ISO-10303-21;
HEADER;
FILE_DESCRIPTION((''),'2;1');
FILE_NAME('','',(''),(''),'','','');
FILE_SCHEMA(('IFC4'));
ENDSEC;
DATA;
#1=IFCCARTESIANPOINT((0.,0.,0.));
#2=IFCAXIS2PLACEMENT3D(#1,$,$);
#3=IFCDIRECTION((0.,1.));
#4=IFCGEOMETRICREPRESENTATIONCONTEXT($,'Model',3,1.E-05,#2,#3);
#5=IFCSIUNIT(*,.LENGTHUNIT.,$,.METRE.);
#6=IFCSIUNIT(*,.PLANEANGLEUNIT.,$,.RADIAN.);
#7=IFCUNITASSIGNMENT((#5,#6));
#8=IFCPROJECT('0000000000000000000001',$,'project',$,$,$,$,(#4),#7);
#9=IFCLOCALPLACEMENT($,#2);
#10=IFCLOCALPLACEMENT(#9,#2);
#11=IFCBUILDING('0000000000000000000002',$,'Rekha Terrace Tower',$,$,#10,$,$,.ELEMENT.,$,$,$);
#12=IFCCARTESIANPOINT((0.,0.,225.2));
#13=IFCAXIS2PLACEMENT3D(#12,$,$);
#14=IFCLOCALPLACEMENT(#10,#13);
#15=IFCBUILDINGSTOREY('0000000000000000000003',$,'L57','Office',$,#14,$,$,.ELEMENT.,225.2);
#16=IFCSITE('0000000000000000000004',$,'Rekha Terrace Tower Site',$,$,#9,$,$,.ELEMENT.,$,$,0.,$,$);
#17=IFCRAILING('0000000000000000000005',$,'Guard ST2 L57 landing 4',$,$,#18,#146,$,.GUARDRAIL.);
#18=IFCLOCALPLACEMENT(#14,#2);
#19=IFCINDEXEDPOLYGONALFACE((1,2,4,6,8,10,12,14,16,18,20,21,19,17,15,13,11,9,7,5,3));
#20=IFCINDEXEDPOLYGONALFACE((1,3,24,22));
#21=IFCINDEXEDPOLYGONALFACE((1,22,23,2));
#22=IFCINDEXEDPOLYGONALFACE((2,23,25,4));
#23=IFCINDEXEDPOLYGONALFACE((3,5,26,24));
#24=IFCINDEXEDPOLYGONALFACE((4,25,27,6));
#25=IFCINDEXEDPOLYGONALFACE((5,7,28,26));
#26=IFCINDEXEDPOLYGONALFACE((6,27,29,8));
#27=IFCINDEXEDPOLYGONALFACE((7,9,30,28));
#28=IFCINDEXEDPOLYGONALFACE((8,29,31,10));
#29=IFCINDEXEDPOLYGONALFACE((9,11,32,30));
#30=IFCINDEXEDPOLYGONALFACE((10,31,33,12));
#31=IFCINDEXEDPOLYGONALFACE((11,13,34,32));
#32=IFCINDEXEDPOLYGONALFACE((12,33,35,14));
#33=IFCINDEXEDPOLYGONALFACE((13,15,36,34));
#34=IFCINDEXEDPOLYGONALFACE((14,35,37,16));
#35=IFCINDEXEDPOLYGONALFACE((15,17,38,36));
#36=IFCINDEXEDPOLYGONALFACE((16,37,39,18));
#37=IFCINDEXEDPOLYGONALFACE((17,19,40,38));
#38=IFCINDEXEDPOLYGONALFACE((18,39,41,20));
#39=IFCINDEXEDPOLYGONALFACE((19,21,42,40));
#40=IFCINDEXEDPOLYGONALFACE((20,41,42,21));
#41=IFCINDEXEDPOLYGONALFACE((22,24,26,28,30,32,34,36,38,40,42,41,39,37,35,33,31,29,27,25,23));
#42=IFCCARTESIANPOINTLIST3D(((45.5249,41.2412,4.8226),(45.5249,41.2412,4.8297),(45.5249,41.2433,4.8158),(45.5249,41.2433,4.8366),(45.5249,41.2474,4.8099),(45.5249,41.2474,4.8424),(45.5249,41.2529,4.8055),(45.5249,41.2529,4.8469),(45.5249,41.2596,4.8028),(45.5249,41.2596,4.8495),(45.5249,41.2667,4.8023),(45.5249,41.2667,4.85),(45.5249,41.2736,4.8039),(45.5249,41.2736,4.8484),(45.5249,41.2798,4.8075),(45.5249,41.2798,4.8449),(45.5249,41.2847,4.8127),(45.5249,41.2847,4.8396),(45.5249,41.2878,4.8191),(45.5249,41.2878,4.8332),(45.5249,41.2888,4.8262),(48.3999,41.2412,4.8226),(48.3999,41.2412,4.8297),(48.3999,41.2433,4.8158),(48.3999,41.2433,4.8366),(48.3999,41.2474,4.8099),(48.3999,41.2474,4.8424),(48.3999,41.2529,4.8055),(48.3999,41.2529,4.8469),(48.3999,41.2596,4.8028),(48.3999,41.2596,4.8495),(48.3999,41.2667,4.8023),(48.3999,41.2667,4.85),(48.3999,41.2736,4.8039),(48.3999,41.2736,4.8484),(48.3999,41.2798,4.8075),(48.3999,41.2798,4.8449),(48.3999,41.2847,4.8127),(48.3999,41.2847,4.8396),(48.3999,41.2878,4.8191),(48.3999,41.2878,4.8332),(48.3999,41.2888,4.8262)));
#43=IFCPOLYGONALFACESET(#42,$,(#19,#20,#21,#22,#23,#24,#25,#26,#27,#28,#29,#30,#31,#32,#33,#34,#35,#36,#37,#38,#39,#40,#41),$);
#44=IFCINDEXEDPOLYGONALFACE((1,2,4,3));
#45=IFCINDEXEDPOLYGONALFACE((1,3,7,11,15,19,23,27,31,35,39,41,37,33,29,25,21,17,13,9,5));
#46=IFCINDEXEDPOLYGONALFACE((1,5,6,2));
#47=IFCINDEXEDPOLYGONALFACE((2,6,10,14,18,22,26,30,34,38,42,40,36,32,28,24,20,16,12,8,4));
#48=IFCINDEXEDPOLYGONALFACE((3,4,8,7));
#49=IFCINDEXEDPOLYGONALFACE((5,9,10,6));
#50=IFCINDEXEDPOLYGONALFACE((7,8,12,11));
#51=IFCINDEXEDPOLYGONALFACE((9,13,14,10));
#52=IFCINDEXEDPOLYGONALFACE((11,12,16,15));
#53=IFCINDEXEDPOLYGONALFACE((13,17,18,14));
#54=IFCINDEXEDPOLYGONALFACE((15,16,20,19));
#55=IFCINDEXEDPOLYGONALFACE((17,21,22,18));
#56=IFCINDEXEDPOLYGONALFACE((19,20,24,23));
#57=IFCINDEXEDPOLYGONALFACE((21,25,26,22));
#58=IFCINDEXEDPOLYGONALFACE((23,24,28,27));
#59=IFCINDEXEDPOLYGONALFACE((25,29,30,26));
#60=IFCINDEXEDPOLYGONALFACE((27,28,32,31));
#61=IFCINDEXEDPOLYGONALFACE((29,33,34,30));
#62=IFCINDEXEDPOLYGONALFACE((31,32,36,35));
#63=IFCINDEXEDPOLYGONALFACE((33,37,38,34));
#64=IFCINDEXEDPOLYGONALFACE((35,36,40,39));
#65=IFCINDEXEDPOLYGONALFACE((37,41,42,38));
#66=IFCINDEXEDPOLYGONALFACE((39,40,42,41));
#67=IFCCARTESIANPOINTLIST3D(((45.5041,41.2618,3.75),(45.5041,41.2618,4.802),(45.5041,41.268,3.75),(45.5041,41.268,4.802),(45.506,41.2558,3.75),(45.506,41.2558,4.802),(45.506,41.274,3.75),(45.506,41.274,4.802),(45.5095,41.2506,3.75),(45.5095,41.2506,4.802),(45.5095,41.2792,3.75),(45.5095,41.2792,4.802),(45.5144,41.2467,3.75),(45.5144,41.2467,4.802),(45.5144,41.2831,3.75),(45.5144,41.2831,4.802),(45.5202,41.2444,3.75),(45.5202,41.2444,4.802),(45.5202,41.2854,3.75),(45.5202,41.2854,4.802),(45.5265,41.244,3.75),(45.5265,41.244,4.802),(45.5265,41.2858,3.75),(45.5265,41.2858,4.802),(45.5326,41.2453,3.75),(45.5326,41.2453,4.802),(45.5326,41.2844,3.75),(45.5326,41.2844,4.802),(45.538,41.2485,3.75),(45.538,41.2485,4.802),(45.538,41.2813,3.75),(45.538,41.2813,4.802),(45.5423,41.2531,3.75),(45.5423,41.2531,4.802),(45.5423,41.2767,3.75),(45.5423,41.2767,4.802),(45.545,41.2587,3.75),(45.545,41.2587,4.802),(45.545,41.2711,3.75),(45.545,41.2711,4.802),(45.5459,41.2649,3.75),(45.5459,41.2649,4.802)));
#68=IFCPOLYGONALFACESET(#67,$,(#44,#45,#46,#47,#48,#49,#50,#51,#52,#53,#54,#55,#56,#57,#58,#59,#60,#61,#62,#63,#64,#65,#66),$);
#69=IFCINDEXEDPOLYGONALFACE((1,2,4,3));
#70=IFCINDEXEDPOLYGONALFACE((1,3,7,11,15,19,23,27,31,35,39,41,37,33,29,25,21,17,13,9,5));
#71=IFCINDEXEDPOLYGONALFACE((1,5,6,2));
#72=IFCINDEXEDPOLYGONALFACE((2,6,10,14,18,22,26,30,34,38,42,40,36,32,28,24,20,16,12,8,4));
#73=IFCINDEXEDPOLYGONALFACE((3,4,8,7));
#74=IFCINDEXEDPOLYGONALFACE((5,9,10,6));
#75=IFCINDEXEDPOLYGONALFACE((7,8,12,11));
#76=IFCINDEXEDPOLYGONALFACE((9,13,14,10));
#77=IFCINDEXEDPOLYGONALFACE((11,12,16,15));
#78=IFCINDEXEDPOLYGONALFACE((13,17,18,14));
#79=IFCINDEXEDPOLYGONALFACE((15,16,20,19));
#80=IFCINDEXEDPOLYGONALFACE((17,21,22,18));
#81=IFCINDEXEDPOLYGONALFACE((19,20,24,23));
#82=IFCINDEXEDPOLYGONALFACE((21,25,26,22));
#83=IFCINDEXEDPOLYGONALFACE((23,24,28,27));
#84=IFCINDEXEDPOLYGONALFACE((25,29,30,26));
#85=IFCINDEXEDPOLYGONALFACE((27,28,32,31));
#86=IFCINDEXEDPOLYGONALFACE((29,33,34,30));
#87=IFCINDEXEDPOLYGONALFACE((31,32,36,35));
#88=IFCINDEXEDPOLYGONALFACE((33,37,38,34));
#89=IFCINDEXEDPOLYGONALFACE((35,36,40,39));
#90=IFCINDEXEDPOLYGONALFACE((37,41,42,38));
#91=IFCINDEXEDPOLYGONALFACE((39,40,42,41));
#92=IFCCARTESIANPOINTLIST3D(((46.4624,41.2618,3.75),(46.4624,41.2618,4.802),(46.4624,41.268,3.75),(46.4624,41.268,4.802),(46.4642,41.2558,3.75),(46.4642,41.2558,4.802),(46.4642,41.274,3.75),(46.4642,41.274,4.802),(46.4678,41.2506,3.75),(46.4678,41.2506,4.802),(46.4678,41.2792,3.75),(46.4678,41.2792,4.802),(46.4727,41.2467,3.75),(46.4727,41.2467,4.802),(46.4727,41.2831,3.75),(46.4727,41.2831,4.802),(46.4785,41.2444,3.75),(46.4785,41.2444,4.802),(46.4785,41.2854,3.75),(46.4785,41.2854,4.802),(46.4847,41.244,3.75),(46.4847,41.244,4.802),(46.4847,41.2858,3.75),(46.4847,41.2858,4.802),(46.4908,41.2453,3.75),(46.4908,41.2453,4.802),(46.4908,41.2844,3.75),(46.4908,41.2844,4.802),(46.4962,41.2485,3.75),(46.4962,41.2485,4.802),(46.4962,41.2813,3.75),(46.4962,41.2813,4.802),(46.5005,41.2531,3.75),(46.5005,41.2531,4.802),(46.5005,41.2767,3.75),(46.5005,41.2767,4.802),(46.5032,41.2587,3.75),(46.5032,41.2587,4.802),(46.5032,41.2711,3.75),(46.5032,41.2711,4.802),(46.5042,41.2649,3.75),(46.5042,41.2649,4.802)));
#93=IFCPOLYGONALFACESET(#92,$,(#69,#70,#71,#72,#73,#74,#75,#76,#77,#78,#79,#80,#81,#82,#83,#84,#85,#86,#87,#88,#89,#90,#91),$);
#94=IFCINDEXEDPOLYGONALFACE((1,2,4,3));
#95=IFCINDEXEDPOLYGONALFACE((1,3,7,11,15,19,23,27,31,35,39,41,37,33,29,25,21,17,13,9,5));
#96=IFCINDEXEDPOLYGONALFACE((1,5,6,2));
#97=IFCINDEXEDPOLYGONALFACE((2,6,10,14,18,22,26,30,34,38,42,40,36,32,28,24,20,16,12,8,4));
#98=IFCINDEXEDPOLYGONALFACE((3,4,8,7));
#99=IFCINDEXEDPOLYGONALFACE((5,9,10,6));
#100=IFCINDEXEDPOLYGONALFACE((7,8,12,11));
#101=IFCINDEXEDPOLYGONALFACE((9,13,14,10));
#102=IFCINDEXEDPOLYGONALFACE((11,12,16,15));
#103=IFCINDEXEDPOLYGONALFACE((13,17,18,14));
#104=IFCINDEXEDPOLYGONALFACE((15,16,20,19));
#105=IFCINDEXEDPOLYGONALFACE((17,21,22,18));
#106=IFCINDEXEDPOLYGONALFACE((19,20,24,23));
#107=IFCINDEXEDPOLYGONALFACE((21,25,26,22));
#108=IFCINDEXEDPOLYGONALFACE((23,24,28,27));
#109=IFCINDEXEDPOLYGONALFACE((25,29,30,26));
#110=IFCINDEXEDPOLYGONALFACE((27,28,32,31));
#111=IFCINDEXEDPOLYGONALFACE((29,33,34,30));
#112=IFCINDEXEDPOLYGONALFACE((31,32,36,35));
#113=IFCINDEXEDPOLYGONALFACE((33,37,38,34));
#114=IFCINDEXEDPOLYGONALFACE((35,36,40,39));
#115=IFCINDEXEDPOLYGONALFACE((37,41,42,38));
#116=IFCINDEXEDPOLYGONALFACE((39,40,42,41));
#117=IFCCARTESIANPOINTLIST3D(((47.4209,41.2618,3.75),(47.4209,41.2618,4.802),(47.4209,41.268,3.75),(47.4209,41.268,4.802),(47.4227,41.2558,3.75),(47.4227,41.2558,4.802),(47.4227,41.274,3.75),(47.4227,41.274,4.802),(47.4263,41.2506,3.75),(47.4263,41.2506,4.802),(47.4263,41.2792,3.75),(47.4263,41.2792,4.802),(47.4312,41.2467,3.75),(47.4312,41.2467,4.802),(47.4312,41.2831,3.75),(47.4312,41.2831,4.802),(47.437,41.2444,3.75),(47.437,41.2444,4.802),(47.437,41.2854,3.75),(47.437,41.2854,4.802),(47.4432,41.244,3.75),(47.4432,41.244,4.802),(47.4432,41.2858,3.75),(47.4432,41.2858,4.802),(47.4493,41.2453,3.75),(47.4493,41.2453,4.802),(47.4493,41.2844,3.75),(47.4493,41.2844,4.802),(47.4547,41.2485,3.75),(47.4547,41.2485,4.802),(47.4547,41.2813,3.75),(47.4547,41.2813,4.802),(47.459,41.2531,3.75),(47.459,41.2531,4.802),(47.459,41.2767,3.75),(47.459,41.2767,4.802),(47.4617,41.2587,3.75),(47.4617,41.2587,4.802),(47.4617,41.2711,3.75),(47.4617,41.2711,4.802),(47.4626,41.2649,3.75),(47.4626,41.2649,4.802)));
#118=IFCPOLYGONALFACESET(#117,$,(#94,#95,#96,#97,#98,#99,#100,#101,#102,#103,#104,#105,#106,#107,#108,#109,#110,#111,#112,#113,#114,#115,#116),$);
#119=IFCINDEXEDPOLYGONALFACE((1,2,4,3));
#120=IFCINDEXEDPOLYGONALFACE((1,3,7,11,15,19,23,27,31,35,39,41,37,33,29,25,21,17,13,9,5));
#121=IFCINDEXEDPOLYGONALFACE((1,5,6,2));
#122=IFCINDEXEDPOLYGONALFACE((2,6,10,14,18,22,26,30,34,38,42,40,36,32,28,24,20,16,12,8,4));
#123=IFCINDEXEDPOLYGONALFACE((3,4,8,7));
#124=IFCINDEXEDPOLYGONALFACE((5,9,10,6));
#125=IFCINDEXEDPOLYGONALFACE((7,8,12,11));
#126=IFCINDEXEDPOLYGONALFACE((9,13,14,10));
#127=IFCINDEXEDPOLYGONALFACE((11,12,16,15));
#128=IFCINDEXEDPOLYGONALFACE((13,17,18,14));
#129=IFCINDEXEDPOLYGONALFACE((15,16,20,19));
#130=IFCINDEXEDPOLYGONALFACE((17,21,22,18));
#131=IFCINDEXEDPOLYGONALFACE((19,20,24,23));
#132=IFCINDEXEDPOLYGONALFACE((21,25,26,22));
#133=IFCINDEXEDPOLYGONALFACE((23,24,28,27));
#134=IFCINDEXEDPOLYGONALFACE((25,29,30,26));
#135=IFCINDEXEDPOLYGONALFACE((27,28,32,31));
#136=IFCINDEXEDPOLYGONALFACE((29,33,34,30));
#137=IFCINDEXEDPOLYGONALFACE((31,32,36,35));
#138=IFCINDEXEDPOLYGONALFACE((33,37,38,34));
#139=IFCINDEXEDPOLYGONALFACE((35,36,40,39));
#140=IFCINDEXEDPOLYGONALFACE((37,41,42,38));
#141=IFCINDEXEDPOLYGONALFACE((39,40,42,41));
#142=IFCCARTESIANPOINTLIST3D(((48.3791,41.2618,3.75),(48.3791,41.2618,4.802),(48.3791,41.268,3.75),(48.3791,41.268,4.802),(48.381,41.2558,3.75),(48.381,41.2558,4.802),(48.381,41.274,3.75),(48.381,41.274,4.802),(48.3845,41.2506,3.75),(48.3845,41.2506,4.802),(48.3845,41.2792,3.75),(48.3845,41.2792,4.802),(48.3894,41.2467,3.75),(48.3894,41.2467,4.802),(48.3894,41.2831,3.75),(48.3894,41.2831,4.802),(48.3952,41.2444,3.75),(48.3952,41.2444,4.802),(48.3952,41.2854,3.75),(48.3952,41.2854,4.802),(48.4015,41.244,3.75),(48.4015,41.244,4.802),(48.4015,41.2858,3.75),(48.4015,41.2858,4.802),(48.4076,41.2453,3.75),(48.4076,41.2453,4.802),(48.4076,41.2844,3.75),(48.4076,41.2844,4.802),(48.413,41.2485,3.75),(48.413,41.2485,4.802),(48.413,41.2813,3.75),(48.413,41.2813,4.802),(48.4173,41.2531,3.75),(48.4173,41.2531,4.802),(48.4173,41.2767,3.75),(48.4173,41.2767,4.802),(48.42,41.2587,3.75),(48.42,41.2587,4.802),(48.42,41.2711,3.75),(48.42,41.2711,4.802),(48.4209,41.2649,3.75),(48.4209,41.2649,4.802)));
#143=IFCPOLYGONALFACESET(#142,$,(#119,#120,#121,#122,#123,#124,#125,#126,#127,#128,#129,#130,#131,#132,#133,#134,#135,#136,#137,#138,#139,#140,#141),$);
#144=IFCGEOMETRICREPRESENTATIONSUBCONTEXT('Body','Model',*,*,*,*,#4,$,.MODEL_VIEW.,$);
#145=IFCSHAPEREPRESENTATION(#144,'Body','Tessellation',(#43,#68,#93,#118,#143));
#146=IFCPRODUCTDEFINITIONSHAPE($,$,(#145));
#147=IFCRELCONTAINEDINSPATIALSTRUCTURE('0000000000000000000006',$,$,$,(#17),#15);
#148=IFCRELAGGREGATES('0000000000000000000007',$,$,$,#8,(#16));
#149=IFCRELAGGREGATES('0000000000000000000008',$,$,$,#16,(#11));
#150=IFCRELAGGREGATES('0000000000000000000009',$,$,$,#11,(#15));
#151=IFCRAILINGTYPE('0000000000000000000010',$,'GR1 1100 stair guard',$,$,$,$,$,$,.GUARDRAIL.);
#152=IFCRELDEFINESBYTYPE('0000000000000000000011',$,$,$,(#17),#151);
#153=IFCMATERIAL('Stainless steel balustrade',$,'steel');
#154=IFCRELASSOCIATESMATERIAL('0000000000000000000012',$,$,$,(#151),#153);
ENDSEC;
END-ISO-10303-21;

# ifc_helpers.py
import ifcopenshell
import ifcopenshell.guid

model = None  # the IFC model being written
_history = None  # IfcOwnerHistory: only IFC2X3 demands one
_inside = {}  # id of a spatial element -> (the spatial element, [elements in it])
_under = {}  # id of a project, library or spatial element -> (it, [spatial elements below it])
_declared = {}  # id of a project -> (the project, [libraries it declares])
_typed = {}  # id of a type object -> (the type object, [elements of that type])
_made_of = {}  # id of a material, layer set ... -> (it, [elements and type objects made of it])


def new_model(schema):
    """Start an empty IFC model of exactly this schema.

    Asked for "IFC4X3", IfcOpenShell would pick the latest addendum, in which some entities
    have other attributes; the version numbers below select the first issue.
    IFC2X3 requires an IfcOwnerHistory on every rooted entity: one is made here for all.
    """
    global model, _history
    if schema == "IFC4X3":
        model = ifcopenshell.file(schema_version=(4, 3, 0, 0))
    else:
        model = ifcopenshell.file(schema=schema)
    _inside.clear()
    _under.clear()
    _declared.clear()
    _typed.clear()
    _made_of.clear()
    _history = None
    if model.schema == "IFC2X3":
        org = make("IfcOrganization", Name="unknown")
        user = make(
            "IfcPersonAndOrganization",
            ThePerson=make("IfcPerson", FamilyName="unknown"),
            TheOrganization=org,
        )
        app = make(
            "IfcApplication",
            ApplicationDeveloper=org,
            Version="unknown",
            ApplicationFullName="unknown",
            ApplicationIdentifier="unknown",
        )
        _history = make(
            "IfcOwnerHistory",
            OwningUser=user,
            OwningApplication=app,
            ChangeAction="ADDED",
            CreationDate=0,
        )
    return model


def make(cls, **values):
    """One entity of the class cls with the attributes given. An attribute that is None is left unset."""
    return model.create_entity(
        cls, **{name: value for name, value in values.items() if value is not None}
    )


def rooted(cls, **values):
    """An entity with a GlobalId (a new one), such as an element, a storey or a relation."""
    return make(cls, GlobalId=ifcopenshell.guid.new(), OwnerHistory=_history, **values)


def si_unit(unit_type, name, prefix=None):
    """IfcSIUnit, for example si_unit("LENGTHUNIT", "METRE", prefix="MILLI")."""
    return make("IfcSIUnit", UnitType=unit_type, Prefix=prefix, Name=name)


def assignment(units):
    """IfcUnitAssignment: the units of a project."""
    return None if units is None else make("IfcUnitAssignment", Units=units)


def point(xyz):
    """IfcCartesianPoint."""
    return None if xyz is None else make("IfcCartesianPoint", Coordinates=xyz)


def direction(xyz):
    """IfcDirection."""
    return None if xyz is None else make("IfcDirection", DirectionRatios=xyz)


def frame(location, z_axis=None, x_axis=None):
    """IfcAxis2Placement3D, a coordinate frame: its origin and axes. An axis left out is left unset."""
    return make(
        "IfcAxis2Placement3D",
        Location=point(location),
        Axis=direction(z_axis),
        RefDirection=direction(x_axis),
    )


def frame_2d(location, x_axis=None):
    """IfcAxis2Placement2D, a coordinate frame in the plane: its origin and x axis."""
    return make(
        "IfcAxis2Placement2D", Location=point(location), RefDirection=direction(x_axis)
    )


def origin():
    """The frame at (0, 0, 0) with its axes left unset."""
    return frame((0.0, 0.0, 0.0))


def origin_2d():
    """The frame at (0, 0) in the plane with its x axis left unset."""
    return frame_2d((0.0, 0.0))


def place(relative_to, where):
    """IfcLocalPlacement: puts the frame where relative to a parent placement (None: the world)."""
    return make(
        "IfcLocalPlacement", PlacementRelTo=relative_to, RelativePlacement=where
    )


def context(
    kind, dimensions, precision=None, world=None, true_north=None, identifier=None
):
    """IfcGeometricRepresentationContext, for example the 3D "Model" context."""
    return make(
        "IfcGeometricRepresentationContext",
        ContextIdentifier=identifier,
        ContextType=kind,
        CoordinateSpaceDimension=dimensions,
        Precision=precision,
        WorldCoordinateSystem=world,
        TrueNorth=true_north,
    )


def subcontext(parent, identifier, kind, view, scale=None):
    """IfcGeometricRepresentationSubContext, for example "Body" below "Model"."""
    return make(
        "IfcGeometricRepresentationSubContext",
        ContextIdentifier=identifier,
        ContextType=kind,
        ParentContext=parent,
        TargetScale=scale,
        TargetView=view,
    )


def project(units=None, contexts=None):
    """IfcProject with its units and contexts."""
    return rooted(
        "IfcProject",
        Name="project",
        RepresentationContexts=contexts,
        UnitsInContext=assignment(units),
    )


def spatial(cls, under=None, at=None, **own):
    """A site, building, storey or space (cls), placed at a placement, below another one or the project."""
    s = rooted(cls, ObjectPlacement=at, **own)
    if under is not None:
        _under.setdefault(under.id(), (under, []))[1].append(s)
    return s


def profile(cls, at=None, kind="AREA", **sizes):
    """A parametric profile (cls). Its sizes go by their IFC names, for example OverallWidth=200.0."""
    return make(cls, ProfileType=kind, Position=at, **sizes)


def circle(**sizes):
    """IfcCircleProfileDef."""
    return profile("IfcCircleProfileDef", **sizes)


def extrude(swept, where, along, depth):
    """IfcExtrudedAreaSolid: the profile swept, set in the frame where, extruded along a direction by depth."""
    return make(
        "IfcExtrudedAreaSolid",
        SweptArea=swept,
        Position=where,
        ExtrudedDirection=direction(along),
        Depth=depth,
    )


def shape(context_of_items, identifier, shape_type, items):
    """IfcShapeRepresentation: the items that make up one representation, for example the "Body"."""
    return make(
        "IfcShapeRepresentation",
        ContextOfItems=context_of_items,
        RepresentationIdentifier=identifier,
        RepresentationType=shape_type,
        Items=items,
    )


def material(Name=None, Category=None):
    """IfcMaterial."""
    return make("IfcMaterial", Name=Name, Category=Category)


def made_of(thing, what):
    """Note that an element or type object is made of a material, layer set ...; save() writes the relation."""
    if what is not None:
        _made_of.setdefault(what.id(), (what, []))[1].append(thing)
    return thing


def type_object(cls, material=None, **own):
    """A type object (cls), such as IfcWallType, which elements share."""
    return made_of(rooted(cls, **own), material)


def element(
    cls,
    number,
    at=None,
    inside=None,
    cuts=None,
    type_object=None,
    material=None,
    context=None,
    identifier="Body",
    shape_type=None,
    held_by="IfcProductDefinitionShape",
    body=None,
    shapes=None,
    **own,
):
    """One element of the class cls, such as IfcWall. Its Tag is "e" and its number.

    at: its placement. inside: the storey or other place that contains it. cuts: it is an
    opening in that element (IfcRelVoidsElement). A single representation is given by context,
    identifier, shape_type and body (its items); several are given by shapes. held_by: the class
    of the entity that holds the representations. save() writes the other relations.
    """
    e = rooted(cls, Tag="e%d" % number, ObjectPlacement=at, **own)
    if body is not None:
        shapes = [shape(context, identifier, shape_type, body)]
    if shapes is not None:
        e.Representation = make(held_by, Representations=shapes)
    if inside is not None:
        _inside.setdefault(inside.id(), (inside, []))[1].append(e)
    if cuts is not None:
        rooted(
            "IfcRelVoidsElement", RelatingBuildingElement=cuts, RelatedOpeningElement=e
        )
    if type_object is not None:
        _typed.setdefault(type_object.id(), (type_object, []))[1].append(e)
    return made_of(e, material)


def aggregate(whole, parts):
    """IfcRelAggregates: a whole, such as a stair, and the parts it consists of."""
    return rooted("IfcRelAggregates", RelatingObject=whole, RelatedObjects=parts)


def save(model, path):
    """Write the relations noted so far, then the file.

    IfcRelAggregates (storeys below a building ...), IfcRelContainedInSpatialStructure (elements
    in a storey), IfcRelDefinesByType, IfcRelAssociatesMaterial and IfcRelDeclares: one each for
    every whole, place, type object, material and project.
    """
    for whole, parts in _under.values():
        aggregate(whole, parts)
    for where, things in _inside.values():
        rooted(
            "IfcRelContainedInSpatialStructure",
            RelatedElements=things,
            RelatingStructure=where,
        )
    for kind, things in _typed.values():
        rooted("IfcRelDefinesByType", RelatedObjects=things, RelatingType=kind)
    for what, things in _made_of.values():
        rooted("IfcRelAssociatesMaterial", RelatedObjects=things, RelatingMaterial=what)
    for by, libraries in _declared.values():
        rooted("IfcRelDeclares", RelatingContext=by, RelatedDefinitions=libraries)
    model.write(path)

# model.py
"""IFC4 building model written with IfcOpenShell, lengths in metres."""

from ifc_helpers import new_model, si_unit, direction, frame, origin, origin_2d, place, context, subcontext, project, spatial, circle, extrude, material, type_object, element, save


model = new_model("IFC4")

# Units and contexts
model_context = context("Model", 3, precision=1e-05, world=origin(), true_north=direction((0.0, 1.0)))
body_context = subcontext(model_context, "Body", "Model", "MODEL_VIEW")
ifc_project = project(units=[si_unit("LENGTHUNIT", "METRE"), si_unit("PLANEANGLEUNIT", "RADIAN")], contexts=[model_context])

# Site, building, storey
site_placement = place(None, origin())
site = spatial("IfcSite", under=ifc_project, at=site_placement, Name="Rekha Terrace Tower Site", CompositionType="ELEMENT", RefElevation=0.0)
building_placement = place(site_placement, origin())
building = spatial("IfcBuilding", under=site, at=building_placement, Name="Rekha Terrace Tower", CompositionType="ELEMENT")
storey_placement = place(building_placement, frame((0.0, 0.0, 225.2)))
storey = spatial("IfcBuildingStorey", under=building, at=storey_placement, Name="L57", Description="Office", CompositionType="ELEMENT", Elevation=225.2)

# Railing
ifc_material_1 = material(Name="Stainless steel balustrade", Category="steel")
railing_type_1 = type_object("IfcRailingType", Name="GR1 1100 stair guard", PredefinedType="GUARDRAIL", material=ifc_material_1)
railing_1_placement = place(storey_placement, frame((45.5249, 41.2649, 3.75)))
element("IfcRailing", 1, at=railing_1_placement, inside=storey, type_object=railing_type_1, Name="Guard ST2 L57 landing 4", PredefinedType="GUARDRAIL", context=body_context, shape_type="SweptSolid", body=[
    extrude(circle(Radius=0.0239, at=origin_2d()), frame((0.0, 0.0, 1.0762), z_axis=(1.0, 0.0, 0.0), x_axis=(0.0, 1.0, 0.0)), (0.0, 0.0, 1.0), 2.875),
    extrude(circle(Radius=0.021, at=origin_2d()), origin(), (0.0, 0.0, 1.0), 1.052),
    extrude(circle(Radius=0.021, at=origin_2d()), frame((0.9583, 0.0, 0.0)), (0.0, 0.0, 1.0), 1.052),
    extrude(circle(Radius=0.021, at=origin_2d()), frame((1.9167, 0.0, 0.0)), (0.0, 0.0, 1.0), 1.052),
    extrude(circle(Radius=0.021, at=origin_2d()), frame((2.875, 0.0, 0.0)), (0.0, 0.0, 1.0), 1.052),
])

save(model, "model.ifc")
